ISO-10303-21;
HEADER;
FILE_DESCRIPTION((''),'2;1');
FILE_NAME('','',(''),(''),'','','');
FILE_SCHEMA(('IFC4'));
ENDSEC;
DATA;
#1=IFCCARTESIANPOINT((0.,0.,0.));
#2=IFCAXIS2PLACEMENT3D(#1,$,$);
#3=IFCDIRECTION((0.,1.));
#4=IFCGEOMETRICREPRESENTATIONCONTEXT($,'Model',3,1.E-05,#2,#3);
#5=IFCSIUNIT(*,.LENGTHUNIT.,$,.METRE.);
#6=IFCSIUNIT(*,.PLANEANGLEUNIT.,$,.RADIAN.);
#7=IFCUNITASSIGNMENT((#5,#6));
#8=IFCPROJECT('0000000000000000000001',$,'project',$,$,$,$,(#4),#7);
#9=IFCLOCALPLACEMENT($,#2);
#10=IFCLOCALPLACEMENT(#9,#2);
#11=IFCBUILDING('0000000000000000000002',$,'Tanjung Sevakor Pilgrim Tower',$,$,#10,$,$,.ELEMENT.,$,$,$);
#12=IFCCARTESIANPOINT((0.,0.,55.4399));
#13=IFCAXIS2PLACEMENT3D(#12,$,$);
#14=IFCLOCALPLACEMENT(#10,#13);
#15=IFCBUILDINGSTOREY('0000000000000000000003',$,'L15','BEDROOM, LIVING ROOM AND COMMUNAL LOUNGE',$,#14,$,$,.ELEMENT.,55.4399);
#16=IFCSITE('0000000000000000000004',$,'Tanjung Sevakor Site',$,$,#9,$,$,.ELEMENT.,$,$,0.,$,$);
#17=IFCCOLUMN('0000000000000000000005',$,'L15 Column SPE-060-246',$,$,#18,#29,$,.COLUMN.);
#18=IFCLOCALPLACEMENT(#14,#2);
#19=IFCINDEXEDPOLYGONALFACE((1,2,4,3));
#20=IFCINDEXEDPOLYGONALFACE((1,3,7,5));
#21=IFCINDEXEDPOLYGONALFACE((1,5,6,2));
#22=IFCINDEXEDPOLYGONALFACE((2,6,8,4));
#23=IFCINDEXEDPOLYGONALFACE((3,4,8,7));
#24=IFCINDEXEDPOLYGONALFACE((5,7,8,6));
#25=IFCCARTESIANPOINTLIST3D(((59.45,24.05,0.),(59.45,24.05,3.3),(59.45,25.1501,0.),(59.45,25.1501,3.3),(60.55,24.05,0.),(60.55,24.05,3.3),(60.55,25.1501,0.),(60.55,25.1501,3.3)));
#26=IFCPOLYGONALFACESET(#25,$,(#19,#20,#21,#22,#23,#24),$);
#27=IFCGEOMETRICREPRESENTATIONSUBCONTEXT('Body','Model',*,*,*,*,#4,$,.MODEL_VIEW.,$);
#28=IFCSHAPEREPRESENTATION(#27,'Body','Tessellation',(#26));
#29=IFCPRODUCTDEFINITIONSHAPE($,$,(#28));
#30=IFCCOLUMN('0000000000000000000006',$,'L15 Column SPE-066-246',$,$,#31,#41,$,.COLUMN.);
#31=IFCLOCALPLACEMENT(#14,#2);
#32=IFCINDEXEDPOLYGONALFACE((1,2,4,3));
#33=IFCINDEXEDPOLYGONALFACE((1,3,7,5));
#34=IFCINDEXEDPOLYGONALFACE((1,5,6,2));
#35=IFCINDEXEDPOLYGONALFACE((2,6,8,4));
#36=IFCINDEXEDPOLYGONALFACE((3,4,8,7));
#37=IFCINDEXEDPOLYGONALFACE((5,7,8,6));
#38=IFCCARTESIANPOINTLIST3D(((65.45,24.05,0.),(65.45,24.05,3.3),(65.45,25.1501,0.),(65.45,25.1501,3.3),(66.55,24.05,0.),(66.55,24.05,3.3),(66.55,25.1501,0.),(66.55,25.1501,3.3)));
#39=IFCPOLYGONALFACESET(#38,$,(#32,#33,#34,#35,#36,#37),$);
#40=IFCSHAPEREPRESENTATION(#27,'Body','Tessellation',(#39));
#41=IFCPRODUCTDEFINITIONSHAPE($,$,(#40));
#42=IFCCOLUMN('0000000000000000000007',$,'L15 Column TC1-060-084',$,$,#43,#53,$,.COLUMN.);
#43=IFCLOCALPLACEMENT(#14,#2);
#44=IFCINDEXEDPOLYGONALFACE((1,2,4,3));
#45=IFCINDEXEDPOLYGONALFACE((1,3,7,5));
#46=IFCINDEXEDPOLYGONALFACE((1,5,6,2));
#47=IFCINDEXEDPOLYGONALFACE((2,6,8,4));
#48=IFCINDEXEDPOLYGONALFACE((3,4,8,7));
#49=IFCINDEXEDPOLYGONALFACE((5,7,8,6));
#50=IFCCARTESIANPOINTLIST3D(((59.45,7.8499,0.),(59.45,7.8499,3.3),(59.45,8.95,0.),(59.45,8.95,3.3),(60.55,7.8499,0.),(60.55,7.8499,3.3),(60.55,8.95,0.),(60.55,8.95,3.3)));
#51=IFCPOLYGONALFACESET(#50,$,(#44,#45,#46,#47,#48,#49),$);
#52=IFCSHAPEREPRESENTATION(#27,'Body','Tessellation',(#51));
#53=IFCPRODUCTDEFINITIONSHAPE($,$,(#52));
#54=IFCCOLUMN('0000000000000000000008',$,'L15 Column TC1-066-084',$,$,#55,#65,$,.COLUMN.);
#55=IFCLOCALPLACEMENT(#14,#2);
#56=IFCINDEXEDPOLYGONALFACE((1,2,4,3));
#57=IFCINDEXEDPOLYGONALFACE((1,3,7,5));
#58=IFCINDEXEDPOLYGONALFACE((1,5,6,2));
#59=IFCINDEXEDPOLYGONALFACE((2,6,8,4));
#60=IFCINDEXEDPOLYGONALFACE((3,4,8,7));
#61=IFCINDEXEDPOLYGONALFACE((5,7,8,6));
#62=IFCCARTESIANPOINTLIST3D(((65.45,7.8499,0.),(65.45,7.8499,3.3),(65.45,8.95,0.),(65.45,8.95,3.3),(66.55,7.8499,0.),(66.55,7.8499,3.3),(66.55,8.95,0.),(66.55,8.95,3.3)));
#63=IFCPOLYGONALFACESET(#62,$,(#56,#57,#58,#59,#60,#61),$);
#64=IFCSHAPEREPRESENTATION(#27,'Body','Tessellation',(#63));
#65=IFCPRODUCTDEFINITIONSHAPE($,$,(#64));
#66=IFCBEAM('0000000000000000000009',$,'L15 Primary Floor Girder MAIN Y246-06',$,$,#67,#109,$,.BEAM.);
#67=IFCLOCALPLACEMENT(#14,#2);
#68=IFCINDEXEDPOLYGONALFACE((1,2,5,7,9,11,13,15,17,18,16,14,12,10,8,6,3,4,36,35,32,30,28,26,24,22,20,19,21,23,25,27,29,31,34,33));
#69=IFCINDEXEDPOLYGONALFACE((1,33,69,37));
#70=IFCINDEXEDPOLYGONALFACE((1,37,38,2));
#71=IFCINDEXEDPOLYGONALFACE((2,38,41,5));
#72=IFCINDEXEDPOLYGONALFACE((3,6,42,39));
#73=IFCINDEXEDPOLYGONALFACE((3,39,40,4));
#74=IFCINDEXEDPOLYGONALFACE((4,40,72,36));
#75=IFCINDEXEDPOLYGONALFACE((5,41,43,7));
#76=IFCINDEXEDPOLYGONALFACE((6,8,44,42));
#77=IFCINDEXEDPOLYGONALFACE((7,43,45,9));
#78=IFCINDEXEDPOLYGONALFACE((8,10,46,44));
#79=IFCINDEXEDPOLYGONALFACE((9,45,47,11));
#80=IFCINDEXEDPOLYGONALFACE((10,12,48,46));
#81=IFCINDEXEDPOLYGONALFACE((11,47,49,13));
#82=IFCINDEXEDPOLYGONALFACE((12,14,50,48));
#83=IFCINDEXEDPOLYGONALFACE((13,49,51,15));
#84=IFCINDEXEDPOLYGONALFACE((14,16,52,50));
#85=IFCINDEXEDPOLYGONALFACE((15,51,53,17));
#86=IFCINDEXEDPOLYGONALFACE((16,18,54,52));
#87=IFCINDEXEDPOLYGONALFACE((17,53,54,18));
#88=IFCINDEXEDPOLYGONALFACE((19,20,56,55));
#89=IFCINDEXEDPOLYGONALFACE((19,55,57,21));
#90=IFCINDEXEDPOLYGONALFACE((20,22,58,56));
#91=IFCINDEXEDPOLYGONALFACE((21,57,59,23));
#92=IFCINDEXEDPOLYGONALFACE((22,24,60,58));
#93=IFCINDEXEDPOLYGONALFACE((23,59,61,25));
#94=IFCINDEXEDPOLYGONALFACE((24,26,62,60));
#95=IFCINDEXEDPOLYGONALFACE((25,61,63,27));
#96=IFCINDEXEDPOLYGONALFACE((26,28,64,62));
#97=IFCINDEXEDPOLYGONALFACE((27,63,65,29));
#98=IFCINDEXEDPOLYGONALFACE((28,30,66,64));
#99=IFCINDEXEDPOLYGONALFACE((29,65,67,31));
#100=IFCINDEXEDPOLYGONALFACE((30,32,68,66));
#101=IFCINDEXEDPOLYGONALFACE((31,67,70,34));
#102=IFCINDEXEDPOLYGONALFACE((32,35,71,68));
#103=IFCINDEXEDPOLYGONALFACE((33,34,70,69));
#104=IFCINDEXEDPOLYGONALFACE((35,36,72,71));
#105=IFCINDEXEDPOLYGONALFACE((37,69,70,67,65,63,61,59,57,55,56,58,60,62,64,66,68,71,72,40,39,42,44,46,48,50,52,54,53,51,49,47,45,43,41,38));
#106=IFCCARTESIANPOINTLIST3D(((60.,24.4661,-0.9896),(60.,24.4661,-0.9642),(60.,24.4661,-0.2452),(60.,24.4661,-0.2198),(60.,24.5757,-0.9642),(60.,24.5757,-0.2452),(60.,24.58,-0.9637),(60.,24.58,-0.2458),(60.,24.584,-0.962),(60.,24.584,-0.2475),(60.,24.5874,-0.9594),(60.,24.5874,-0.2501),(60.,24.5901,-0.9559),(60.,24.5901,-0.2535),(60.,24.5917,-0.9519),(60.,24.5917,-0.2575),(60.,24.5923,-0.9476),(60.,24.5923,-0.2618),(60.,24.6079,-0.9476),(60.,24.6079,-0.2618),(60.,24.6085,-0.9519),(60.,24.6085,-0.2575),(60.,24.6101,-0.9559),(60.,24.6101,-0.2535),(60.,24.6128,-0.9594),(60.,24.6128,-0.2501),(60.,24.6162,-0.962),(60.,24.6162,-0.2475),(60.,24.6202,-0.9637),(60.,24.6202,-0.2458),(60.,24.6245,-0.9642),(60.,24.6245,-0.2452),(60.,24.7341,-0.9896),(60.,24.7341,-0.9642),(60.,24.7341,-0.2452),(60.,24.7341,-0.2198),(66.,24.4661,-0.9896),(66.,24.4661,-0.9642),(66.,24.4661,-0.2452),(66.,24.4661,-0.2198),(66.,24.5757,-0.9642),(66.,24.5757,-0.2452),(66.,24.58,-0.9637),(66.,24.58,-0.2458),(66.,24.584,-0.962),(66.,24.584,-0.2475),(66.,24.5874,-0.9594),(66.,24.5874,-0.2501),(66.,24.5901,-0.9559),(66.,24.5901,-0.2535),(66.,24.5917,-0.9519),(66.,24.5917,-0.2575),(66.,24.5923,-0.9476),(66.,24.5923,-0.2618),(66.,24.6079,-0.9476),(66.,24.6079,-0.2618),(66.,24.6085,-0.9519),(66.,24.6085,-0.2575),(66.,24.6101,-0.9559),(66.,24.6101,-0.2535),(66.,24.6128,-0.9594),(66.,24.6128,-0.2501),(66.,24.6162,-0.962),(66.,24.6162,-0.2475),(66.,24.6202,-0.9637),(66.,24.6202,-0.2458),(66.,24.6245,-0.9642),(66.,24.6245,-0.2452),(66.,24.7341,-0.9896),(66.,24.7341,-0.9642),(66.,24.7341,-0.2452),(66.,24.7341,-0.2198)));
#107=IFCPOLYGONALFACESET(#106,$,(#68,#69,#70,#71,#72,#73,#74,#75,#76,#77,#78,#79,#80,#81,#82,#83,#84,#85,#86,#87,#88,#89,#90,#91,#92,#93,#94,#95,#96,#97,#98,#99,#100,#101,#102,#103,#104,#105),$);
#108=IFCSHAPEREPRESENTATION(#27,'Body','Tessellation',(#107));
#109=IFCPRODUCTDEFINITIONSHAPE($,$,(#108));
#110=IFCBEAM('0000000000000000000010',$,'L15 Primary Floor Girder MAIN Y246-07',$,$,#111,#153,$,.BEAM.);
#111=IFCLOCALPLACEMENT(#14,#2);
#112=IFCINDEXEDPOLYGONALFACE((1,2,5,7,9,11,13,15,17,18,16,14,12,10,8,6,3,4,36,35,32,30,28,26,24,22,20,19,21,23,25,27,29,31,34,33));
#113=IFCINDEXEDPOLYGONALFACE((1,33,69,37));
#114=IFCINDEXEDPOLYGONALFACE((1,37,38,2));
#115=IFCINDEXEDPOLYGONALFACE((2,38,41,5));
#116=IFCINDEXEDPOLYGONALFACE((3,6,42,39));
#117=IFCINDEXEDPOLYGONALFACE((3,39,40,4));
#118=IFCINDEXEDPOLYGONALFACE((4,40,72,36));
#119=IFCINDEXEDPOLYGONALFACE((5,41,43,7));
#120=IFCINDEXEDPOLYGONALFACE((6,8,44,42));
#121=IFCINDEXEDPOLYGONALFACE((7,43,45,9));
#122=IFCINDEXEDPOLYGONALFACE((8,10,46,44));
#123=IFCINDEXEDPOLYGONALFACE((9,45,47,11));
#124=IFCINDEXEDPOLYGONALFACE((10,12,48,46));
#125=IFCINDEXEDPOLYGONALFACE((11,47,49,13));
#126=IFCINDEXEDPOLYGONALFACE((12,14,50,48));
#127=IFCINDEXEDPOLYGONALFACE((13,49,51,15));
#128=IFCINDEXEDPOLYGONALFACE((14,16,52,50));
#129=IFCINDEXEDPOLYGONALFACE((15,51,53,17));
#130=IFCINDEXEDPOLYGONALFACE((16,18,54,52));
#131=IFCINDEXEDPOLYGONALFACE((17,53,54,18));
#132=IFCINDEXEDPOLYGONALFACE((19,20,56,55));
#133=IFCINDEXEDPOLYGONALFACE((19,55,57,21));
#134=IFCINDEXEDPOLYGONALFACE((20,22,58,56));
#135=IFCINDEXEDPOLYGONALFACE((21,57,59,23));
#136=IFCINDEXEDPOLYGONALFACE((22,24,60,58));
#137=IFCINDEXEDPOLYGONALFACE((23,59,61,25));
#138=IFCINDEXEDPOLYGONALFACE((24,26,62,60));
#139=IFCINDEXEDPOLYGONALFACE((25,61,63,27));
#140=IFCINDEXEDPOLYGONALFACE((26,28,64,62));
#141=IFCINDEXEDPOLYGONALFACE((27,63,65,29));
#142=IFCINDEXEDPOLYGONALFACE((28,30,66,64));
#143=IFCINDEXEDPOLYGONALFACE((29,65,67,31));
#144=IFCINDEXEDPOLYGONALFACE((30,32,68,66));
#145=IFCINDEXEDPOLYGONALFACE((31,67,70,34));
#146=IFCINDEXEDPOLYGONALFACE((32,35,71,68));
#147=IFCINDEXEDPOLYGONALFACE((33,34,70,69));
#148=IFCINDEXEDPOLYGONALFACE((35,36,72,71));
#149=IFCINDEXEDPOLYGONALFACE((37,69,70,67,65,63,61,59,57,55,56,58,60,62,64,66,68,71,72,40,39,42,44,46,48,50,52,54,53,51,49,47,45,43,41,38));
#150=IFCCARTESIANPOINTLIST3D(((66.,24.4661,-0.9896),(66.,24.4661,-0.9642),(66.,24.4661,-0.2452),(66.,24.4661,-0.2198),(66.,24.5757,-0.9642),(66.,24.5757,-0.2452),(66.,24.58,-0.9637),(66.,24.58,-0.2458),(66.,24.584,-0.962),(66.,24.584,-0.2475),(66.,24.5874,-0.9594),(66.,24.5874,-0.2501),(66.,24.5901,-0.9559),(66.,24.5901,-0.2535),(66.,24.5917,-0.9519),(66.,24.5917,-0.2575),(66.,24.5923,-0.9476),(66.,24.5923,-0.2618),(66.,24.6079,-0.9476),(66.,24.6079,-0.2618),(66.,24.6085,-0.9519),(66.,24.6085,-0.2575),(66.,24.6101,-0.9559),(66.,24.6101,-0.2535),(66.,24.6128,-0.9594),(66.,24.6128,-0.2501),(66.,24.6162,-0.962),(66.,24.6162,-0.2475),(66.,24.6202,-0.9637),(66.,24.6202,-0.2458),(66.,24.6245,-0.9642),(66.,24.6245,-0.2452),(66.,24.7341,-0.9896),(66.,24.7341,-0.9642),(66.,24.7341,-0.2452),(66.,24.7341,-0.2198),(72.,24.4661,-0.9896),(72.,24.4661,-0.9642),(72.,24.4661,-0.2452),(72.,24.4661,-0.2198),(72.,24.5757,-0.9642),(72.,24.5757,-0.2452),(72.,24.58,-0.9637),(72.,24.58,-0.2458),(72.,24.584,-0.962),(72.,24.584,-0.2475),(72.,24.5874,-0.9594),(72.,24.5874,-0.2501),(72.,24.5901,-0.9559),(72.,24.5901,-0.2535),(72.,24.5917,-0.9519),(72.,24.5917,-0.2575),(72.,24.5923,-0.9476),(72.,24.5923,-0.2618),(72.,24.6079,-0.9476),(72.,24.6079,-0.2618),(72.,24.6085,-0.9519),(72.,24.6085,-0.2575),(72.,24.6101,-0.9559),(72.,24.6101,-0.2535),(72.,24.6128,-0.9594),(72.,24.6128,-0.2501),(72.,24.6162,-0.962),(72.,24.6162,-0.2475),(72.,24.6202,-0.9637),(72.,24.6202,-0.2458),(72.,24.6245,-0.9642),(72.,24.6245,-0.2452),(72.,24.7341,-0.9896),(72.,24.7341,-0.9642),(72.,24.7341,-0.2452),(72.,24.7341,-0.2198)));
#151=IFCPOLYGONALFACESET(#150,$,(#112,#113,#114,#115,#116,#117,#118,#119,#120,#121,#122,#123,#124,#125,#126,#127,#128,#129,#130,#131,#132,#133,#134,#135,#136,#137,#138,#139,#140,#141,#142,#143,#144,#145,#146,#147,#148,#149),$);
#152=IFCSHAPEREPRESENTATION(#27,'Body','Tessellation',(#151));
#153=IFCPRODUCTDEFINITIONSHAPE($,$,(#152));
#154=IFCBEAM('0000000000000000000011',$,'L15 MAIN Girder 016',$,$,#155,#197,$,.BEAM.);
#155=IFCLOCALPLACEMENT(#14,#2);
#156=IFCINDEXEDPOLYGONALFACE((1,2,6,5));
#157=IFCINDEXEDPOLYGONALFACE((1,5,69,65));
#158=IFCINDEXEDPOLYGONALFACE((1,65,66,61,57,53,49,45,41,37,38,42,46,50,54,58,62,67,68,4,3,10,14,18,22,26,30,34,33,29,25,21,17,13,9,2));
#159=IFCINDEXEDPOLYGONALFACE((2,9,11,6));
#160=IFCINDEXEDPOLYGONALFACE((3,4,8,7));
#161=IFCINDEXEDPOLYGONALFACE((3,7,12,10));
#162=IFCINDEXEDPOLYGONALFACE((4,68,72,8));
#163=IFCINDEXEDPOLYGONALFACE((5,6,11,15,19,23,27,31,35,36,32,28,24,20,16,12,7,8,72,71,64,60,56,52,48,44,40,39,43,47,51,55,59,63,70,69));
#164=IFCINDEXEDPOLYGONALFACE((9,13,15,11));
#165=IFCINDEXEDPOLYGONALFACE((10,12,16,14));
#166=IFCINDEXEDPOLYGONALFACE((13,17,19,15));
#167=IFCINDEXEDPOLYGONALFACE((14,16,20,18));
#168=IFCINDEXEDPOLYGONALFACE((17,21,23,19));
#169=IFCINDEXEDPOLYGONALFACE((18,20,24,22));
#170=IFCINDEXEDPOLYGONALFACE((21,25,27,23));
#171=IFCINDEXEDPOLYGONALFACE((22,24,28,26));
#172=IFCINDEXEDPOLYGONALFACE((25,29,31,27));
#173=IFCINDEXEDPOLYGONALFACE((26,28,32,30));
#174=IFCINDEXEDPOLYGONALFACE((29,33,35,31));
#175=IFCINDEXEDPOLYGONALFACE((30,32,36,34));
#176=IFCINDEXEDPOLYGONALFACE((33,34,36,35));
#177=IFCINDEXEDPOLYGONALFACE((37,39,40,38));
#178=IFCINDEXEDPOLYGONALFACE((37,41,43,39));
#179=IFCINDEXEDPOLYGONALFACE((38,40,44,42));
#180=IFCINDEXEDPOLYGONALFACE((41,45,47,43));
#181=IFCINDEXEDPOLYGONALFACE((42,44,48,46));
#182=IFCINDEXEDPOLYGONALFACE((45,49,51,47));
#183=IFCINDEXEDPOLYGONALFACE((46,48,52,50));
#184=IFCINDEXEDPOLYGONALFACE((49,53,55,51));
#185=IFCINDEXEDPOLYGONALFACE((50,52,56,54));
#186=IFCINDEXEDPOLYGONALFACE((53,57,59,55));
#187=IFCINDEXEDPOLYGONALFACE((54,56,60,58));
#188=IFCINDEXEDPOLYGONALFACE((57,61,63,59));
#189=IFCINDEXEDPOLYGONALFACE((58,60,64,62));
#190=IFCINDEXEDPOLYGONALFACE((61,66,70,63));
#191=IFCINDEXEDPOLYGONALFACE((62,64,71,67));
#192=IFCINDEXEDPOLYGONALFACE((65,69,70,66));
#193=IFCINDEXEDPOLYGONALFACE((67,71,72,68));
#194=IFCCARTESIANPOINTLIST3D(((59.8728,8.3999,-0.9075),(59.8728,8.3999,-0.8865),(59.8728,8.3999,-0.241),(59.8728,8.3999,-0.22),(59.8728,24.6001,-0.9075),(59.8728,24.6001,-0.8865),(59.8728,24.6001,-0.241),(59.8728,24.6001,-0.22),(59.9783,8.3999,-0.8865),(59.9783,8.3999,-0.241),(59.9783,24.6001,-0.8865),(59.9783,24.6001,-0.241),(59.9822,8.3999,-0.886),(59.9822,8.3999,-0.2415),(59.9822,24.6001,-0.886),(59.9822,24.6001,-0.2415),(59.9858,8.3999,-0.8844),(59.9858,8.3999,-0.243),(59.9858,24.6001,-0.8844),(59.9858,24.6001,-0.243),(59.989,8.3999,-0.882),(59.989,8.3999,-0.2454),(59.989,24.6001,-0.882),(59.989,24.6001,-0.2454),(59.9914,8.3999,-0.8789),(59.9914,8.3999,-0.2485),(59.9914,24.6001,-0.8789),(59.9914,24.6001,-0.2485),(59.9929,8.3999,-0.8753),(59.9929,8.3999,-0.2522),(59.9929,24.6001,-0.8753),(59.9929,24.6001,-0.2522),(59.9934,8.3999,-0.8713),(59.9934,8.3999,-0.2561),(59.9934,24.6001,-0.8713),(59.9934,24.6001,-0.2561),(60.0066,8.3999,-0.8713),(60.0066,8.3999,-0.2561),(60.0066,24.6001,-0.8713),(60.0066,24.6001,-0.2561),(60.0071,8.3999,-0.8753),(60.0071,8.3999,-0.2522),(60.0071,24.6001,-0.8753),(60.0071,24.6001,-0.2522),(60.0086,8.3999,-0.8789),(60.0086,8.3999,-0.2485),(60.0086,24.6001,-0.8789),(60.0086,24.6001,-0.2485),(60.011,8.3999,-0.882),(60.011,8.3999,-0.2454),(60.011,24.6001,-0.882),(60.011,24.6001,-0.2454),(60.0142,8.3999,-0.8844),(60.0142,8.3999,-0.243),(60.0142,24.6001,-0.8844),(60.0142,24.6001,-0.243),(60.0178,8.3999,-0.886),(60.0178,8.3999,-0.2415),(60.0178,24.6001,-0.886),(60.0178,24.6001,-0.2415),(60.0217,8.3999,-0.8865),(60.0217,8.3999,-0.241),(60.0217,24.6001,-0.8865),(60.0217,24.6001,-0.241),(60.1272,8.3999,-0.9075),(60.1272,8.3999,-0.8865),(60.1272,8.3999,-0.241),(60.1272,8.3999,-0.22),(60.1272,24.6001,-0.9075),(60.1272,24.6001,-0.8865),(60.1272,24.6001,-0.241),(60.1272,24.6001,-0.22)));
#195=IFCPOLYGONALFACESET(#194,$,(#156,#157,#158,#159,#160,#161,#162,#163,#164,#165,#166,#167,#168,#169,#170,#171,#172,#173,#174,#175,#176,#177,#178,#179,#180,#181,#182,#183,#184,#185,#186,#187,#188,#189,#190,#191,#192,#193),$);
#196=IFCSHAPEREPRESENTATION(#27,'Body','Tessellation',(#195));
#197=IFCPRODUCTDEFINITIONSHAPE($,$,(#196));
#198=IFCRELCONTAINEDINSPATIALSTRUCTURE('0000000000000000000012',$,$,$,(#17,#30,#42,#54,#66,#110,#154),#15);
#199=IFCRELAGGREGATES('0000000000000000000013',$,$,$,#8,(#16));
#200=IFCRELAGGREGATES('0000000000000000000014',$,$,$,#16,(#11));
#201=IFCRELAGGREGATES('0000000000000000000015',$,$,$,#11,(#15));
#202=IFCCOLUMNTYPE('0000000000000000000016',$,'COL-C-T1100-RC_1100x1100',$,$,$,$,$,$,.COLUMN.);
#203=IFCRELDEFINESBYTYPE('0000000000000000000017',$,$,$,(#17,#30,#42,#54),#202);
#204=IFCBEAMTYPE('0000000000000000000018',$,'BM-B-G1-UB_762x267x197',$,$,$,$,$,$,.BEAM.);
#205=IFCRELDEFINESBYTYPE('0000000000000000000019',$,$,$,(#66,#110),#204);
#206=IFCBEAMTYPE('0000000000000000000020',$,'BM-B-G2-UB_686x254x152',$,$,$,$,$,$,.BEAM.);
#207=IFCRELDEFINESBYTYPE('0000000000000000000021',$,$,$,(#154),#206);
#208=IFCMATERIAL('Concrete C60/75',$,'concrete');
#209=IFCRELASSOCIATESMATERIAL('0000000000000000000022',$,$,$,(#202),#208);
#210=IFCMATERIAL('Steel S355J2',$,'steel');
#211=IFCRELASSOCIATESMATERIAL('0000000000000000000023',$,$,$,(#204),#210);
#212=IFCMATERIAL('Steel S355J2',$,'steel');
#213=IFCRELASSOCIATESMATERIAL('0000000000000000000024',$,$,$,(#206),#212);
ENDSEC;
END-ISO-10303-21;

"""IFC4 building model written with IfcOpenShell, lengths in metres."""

from ifc_helpers import new_model, si_unit, direction, frame, origin, origin_2d, place, context, subcontext, project, spatial, rectangle, i_section, extrude, material, material_profile, profile_set, type_object, element, save


model = new_model("IFC4")

# Units and contexts
model_context = context("Model", 3, precision=1e-05, world=origin(), true_north=direction((0.0, 1.0)))
body_context = subcontext(model_context, "Body", "Model", "MODEL_VIEW")
ifc_project = project(units=[si_unit("LENGTHUNIT", "METRE"), si_unit("PLANEANGLEUNIT", "RADIAN")], contexts=[model_context])

# Site, building, storey
site_placement = place(None, origin())
site = spatial("IfcSite", under=ifc_project, at=site_placement, Name="Tanjung Sevakor Site", CompositionType="ELEMENT", RefElevation=0.0)
building_placement = place(site_placement, origin())
building = spatial("IfcBuilding", under=site, at=building_placement, Name="Tanjung Sevakor Pilgrim Tower", CompositionType="ELEMENT")
storey_placement = place(building_placement, frame((0.0, 0.0, 55.4399)))
storey = spatial("IfcBuildingStorey", under=building, at=storey_placement, Name="L15", Description="BEDROOM, LIVING ROOM AND COMMUNAL LOUNGE", CompositionType="ELEMENT", Elevation=55.4399)

# Columns
ifc_material_1 = material(Name="Concrete C60/75", Category="concrete")
ifc_material_profile_1 = material_profile(ifc_material_1, rectangle(XDim=1.1001, YDim=1.1001, at=origin_2d()))
ifc_profile_set_1 = profile_set([ifc_material_profile_1], Name="Concrete C60/75")
column_type = type_object("IfcColumnType", Name="COL-C-T1100-RC_1100x1100", PredefinedType="COLUMN", material=ifc_profile_set_1)
for number, where, z_axis, x_axis, name in (
    (1, (60.0, 24.6001, 0.0), (0.0, 0.0, 1.0), (1.0, 0.0, 0.0), "L15 Column SPE-060-246"),
    (2, (66.0, 24.6001, 0.0), (0.0, 0.0, 1.0), (1.0, 0.0, 0.0), "L15 Column SPE-066-246"),
    (3, (60.0, 8.3999, 0.0), (0.0, 0.0, 1.0), (1.0, 0.0, 0.0), "L15 Column TC1-060-084"),
    (4, (66.0, 8.3999, 0.0), (0.0, 0.0, 1.0), (1.0, 0.0, 0.0), "L15 Column TC1-066-084"),
):
    element("IfcColumn", number, at=place(storey_placement, frame(where, z_axis=z_axis, x_axis=x_axis)), inside=storey, type_object=column_type, Name=name, PredefinedType="COLUMN", context=body_context, shape_type="SweptSolid", body=[
        extrude(rectangle(XDim=1.1001, YDim=1.1001, at=origin_2d()), origin(), (0.0, 0.0, 1.0), 3.3),
    ])

# Beams
ifc_material_2 = material(Name="Steel S355J2", Category="steel")
ifc_material_profile_2 = material_profile(ifc_material_2, i_section(OverallWidth=0.2681, OverallDepth=0.7698, WebThickness=0.0156, FlangeThickness=0.0254, FilletRadius=0.0166, at=origin_2d()))
ifc_profile_set_2 = profile_set([ifc_material_profile_2], Name="Steel S355J2")
beam_type_1 = type_object("IfcBeamType", Name="BM-B-G1-UB_762x267x197", PredefinedType="BEAM", material=ifc_profile_set_2)
for number, where, z_axis, x_axis, name in (
    (5, (60.0, 24.6001, -0.6047), (1.0, 0.0, 0.0), (0.0, 1.0, 0.0), "L15 Primary Floor Girder MAIN Y246-06"),
    (6, (66.0, 24.6001, -0.6047), (1.0, 0.0, 0.0), (0.0, 1.0, 0.0), "L15 Primary Floor Girder MAIN Y246-07"),
):
    element("IfcBeam", number, at=place(storey_placement, frame(where, z_axis=z_axis, x_axis=x_axis)), inside=storey, type_object=beam_type_1, Name=name, PredefinedType="BEAM", context=body_context, shape_type="SweptSolid", body=[
        extrude(i_section(OverallWidth=0.2681, OverallDepth=0.7698, WebThickness=0.0156, FlangeThickness=0.0254, FilletRadius=0.0166, at=origin_2d()), origin(), (0.0, 0.0, 1.0), 6.0),
    ])
ifc_material_3 = material(Name="Steel S355J2", Category="steel")
ifc_material_profile_3 = material_profile(ifc_material_3, i_section(OverallWidth=0.2544, OverallDepth=0.6875, WebThickness=0.0132, FlangeThickness=0.021, FilletRadius=0.0151, at=origin_2d()))
ifc_profile_set_3 = profile_set([ifc_material_profile_3], Name="Steel S355J2")
beam_type_2 = type_object("IfcBeamType", Name="BM-B-G2-UB_686x254x152", PredefinedType="BEAM", material=ifc_profile_set_3)
for number, where, z_axis, x_axis, name in (
    (7, (60.0, 8.3999, -0.5637), (0.0, 1.0, 0.0), (-1.0, 0.0, 0.0), "L15 MAIN Girder 016"),
):
    element("IfcBeam", number, at=place(storey_placement, frame(where, z_axis=z_axis, x_axis=x_axis)), inside=storey, type_object=beam_type_2, Name=name, PredefinedType="BEAM", context=body_context, shape_type="SweptSolid", body=[
        extrude(i_section(OverallWidth=0.2544, OverallDepth=0.6875, WebThickness=0.0132, FlangeThickness=0.021, FilletRadius=0.0151, at=origin_2d()), origin(), (0.0, 0.0, 1.0), 16.2002),
    ])

save(model, "model.ifc")
